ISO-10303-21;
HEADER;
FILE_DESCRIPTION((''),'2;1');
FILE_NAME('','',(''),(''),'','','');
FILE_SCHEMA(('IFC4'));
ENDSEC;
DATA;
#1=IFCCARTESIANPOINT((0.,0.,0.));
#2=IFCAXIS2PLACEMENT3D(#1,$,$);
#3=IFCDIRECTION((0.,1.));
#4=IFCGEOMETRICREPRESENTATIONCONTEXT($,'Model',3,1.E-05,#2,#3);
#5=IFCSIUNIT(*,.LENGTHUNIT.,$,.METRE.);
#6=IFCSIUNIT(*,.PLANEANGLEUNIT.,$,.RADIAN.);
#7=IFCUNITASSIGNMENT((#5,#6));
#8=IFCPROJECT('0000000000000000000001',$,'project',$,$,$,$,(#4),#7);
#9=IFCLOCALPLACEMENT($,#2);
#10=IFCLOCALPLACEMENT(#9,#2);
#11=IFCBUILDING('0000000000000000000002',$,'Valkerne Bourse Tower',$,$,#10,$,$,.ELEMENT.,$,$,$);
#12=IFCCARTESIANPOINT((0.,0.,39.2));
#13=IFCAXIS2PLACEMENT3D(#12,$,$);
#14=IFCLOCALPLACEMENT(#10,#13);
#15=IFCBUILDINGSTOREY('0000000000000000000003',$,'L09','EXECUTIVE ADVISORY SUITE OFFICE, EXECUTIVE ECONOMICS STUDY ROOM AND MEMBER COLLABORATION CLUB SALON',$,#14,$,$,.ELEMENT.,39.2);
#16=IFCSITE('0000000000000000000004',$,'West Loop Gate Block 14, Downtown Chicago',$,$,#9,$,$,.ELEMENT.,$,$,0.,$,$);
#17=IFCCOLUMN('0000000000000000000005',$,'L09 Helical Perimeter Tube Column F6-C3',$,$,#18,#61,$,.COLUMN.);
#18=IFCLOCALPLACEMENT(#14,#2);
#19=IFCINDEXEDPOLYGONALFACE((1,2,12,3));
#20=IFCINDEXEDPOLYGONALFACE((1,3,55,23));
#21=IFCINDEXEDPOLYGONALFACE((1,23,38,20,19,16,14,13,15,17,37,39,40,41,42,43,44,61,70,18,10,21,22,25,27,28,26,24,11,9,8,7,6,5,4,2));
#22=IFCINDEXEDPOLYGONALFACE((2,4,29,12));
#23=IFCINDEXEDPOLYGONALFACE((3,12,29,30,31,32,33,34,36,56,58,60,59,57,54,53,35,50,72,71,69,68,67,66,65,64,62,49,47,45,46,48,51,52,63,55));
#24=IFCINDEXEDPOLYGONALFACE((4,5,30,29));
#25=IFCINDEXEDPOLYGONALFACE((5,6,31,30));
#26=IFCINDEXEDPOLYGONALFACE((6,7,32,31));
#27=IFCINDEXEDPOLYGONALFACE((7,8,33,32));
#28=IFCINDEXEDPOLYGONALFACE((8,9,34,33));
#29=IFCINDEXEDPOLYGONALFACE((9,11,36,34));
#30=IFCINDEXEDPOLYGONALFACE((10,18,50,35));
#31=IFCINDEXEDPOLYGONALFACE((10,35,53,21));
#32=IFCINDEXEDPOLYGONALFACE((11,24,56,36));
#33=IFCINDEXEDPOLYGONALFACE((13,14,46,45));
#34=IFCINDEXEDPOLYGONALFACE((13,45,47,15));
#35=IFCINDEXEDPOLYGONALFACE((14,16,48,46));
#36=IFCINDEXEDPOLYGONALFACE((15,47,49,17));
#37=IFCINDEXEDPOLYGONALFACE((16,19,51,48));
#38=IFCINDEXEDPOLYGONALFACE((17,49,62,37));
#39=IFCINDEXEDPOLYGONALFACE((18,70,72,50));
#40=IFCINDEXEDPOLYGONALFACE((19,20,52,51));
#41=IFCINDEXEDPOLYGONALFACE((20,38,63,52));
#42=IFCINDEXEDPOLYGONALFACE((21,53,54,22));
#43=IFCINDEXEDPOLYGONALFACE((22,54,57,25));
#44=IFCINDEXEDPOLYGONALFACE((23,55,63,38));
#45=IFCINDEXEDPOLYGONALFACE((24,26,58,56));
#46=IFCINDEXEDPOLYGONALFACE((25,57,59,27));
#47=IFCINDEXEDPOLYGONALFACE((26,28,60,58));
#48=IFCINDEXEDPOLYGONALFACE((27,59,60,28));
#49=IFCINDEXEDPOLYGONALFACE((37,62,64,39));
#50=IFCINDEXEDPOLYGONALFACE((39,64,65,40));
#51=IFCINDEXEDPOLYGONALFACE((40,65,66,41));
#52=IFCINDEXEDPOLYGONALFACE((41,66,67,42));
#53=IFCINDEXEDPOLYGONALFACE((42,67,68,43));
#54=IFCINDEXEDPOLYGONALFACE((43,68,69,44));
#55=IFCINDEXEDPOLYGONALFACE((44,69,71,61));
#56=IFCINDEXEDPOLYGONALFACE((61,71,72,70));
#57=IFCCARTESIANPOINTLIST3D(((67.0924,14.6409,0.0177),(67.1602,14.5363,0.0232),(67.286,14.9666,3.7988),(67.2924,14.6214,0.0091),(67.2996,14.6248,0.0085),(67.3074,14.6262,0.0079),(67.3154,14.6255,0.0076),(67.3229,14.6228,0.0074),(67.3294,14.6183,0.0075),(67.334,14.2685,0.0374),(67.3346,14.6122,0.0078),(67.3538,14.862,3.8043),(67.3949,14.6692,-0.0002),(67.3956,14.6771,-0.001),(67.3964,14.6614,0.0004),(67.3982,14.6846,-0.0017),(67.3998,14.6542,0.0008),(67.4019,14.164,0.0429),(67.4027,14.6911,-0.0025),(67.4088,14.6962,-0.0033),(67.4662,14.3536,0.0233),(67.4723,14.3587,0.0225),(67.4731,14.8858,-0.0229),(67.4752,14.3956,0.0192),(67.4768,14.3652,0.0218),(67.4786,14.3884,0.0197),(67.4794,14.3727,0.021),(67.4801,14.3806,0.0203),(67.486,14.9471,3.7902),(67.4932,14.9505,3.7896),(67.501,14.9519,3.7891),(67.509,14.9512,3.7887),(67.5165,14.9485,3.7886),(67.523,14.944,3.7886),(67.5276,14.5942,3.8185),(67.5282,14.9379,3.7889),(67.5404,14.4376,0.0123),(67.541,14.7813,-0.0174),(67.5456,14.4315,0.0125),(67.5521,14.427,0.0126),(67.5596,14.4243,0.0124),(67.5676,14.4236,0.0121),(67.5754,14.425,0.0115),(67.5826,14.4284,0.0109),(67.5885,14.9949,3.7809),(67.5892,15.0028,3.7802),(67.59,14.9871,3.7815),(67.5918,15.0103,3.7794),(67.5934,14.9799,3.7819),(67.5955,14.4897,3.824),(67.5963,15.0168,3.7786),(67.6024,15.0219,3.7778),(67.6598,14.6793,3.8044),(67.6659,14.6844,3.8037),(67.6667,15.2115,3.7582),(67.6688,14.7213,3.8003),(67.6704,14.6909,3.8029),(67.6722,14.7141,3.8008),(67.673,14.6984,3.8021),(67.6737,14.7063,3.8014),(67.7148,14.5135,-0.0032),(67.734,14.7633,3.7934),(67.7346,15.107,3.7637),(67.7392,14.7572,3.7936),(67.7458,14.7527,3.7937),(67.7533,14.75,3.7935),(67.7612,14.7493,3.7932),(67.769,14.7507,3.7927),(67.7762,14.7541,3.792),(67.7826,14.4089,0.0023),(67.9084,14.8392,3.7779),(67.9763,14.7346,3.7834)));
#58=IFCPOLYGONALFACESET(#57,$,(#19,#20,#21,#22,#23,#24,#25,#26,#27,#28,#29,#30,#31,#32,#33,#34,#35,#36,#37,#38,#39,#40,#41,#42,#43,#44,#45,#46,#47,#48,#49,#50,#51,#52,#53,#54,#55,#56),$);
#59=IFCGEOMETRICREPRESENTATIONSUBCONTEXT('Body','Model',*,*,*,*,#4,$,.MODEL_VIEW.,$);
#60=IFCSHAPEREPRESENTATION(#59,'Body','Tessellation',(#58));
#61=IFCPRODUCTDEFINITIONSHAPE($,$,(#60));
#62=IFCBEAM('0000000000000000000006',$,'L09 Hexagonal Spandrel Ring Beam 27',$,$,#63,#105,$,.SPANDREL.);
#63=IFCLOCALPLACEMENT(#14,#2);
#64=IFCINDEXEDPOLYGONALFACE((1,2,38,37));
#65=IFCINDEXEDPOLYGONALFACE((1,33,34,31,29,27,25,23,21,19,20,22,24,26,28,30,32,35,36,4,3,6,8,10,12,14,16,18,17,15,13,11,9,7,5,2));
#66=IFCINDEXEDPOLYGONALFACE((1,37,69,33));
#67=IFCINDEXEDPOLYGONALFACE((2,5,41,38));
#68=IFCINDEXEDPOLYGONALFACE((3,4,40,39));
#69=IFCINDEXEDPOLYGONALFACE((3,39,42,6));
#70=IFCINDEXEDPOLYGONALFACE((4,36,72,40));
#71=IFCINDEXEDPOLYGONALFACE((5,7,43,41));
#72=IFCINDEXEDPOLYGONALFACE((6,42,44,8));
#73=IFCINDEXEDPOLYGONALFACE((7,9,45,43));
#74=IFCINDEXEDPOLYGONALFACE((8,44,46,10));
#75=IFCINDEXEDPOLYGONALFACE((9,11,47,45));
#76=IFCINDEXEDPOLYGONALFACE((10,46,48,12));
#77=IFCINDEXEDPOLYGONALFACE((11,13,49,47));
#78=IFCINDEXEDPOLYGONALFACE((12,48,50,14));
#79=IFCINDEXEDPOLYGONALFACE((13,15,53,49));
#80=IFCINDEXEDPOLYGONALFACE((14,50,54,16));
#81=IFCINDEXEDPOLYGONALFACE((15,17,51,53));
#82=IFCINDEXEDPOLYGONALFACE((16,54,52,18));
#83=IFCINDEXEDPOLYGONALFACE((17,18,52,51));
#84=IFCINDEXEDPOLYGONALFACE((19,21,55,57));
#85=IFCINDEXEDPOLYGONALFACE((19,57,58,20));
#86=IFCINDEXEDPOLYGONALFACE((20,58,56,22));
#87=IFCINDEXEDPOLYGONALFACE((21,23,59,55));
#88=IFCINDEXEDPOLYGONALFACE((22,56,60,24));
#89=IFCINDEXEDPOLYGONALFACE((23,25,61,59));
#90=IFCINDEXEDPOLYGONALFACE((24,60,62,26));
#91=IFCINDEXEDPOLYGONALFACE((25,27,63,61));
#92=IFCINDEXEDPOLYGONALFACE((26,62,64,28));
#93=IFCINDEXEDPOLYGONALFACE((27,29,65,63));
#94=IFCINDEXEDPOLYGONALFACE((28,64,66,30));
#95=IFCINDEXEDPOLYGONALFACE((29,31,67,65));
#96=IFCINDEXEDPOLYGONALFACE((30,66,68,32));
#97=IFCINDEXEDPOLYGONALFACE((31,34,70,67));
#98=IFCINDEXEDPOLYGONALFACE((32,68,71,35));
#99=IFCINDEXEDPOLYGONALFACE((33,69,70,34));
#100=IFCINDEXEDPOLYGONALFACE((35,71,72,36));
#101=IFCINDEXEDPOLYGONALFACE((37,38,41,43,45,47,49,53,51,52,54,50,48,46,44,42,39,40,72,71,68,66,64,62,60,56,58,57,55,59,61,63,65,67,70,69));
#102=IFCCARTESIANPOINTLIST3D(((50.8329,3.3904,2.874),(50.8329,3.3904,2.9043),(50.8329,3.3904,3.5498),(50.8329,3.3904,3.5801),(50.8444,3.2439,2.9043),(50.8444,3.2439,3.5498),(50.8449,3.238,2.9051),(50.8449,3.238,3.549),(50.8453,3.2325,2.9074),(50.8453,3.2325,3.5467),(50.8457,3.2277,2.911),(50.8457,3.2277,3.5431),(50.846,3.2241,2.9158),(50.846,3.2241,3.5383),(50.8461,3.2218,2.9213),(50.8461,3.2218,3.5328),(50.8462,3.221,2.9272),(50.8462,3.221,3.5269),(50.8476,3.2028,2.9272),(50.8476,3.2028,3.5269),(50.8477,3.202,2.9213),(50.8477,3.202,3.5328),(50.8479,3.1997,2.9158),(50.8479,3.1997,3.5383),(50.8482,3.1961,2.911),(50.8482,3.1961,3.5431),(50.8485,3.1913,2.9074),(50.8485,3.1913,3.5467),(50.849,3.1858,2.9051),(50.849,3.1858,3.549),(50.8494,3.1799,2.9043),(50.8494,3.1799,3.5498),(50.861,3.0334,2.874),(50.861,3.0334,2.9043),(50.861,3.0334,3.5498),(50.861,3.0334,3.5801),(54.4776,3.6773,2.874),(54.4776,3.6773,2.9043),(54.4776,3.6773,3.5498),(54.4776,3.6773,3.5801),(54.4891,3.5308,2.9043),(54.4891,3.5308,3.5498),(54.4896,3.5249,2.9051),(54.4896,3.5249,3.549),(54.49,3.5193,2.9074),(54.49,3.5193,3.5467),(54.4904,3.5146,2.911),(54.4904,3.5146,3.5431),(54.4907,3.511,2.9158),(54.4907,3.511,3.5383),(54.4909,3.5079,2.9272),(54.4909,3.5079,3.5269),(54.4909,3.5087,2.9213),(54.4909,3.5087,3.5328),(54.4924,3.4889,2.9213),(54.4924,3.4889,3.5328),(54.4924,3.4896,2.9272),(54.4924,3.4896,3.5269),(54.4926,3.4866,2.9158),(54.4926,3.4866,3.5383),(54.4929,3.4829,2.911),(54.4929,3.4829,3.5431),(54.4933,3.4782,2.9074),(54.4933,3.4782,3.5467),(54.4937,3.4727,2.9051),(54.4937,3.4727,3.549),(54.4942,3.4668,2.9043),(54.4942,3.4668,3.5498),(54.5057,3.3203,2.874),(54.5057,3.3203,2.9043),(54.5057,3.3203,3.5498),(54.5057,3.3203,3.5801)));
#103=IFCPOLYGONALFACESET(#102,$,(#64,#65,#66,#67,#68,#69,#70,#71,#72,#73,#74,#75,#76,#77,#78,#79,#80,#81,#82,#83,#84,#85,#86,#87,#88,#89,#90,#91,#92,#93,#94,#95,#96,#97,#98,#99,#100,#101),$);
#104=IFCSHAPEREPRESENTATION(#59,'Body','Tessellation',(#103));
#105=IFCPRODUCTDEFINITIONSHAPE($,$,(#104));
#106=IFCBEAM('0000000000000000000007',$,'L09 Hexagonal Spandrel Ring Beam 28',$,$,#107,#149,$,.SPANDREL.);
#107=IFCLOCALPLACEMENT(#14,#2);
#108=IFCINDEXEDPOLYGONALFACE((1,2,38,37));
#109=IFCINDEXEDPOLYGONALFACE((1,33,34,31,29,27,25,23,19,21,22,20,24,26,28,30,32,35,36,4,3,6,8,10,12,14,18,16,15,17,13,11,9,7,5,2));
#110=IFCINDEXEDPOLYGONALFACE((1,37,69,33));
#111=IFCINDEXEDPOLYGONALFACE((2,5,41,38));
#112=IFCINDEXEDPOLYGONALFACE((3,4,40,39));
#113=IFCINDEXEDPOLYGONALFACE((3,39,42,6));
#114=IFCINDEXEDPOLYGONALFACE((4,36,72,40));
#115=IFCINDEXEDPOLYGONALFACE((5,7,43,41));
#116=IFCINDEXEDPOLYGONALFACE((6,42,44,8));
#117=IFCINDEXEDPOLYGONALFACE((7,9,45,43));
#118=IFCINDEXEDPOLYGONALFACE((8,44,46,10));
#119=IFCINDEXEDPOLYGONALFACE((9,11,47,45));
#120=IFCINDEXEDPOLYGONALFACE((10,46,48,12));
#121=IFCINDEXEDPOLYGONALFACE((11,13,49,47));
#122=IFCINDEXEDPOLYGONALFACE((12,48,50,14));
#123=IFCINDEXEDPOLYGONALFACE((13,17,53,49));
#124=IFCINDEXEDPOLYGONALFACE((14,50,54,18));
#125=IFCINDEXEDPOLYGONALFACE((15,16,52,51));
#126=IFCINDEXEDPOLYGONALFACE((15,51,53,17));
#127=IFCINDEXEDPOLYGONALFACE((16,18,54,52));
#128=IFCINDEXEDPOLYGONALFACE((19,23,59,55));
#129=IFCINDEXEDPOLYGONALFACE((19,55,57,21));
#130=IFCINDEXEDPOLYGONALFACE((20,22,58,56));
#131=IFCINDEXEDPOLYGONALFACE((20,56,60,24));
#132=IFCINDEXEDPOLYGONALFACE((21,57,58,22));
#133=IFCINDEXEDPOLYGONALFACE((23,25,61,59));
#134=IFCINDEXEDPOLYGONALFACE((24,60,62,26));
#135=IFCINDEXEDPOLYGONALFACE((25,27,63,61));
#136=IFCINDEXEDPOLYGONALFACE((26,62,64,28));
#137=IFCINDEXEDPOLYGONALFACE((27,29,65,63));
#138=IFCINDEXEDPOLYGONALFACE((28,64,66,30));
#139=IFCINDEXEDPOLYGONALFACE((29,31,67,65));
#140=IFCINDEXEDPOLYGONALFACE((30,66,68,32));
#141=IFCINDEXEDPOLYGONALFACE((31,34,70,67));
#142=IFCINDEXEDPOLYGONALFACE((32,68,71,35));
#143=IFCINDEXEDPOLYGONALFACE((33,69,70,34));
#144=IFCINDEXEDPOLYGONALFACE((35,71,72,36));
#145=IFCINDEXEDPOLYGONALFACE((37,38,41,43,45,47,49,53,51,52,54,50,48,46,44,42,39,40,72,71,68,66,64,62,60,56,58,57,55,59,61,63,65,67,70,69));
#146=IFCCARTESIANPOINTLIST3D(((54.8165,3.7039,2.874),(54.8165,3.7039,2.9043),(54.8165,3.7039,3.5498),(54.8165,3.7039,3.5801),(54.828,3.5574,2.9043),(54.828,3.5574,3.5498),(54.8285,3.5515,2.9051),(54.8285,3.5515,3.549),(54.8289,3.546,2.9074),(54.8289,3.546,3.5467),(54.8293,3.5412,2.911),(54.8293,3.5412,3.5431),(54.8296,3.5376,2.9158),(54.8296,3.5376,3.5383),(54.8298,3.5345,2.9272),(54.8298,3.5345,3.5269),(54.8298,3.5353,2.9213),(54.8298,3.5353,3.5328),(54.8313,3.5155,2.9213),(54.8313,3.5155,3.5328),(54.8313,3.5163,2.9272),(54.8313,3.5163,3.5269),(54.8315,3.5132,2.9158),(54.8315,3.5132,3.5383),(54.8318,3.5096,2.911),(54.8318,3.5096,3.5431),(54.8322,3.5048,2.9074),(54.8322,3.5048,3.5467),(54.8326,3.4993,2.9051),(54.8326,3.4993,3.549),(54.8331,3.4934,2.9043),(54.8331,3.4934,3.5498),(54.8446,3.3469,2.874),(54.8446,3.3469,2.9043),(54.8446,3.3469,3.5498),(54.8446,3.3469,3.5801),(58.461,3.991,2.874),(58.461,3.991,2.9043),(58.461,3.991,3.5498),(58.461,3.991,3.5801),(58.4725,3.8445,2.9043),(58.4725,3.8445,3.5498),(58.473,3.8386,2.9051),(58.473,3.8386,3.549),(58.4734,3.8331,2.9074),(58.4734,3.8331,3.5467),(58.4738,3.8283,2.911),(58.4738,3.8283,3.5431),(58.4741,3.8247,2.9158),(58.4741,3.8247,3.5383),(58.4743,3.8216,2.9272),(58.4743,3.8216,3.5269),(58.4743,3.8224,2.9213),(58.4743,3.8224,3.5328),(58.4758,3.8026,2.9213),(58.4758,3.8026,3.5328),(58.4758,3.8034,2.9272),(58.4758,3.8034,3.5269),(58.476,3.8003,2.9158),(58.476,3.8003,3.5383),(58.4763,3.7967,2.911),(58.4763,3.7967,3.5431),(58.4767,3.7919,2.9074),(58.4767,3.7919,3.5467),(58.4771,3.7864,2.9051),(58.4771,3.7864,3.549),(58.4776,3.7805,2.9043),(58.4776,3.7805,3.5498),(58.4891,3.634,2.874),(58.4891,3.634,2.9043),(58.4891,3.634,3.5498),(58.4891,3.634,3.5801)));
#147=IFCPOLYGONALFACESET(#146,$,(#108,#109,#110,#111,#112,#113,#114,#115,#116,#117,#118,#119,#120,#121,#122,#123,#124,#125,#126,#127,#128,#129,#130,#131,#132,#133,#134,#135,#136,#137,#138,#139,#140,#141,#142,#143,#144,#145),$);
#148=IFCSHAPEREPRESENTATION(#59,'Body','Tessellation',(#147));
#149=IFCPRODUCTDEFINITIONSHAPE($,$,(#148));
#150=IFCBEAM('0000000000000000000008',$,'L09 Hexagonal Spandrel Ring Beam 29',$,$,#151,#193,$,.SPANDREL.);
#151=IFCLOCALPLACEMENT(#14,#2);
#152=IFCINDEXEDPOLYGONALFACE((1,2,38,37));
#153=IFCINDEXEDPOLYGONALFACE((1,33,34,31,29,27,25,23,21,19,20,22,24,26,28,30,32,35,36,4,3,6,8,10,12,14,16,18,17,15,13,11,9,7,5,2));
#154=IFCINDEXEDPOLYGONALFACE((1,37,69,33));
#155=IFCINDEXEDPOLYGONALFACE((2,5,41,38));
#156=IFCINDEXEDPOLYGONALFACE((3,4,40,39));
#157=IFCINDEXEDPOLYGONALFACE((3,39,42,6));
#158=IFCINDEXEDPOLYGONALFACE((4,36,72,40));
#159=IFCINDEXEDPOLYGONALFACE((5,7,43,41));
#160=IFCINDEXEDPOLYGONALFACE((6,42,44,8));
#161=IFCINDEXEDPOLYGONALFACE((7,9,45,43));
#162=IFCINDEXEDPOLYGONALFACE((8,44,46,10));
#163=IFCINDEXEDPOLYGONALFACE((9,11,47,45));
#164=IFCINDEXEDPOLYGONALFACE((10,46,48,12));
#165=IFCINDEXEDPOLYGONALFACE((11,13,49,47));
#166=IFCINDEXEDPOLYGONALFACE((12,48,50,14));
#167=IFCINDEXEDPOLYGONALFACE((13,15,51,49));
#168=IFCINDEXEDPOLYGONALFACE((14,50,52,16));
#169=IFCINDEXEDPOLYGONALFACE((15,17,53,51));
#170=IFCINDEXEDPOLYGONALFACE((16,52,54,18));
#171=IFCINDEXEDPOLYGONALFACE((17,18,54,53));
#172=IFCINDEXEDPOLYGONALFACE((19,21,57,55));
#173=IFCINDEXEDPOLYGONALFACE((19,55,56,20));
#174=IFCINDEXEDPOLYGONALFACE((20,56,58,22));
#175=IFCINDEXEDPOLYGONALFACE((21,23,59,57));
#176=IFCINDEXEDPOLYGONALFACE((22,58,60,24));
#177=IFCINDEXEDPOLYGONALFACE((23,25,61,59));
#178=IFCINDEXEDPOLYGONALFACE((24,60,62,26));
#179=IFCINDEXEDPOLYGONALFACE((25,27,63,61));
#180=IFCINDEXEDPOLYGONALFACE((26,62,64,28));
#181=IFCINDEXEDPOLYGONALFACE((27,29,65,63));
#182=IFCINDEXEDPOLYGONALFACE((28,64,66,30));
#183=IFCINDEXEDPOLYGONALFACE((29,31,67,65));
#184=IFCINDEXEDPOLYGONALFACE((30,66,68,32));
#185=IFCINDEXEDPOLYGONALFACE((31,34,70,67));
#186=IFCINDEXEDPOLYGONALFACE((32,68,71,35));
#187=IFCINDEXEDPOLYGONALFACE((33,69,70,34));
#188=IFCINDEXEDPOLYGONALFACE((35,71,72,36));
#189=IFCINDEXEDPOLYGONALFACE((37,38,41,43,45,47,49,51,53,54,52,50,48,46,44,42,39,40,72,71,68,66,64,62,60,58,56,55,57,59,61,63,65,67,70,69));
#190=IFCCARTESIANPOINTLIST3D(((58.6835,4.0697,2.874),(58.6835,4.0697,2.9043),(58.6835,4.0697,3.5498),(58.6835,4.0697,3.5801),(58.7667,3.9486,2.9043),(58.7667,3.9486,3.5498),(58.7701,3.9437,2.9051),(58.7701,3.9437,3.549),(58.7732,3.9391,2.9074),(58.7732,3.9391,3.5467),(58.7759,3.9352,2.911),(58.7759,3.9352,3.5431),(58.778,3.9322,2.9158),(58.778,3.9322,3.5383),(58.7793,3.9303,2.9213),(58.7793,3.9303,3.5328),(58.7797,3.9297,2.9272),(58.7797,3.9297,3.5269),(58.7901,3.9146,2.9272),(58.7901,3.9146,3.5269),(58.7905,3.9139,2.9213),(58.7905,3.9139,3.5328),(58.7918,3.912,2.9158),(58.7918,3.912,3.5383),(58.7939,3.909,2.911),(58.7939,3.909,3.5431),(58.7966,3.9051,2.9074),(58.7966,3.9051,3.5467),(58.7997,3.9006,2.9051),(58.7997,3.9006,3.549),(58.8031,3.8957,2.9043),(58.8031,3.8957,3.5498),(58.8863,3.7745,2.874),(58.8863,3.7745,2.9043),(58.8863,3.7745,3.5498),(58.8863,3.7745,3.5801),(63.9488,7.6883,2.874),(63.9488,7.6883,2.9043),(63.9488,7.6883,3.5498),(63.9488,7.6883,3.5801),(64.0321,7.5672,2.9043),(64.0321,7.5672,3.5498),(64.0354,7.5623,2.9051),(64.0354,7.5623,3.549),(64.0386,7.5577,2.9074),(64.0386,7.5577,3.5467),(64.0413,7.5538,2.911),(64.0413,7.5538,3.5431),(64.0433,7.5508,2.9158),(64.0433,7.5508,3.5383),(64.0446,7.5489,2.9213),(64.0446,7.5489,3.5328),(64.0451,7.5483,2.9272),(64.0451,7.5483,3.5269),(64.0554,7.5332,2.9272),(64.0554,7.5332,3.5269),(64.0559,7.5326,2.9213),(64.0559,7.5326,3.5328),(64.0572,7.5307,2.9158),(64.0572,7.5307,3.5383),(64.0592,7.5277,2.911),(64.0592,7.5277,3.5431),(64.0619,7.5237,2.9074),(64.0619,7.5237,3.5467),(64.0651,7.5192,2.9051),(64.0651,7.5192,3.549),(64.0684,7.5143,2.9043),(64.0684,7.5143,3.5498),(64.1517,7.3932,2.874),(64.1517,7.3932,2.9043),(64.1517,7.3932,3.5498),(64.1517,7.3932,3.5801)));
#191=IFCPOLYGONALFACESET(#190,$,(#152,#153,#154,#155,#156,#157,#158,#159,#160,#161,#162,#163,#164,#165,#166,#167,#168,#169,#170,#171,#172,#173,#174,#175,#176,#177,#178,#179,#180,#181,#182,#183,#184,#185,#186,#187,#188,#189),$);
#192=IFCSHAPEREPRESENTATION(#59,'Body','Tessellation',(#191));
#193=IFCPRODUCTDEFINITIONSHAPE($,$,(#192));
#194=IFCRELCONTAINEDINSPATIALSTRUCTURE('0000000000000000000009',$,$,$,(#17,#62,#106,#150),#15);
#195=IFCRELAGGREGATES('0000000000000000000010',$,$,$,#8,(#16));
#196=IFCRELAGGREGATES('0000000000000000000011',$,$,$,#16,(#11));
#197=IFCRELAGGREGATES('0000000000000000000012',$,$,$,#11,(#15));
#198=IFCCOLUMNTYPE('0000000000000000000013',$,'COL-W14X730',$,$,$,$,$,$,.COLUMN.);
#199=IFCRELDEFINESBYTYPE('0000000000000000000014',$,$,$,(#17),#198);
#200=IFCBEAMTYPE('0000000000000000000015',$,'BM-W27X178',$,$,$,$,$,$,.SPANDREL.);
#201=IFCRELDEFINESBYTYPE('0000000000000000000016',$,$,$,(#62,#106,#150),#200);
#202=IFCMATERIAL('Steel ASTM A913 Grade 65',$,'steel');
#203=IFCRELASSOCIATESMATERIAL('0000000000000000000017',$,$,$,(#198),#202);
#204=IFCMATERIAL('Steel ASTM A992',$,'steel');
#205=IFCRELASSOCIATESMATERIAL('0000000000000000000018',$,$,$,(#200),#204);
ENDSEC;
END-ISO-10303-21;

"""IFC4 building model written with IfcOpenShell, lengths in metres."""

from ifc_helpers import new_model, si_unit, direction, frame, origin, origin_2d, place, context, subcontext, project, spatial, i_section, extrude, material, material_profile, profile_set, type_object, element, save


model = new_model("IFC4")

# Units and contexts
model_context = context("Model", 3, precision=1e-05, world=origin(), true_north=direction((0.0, 1.0)))
body_context = subcontext(model_context, "Body", "Model", "MODEL_VIEW")
ifc_project = project(units=[si_unit("LENGTHUNIT", "METRE"), si_unit("PLANEANGLEUNIT", "RADIAN")], contexts=[model_context])

# Site, building, storey
site_placement = place(None, origin())
site = spatial("IfcSite", under=ifc_project, at=site_placement, Name="West Loop Gate Block 14, Downtown Chicago", CompositionType="ELEMENT", RefElevation=0.0)
building_placement = place(site_placement, origin())
building = spatial("IfcBuilding", under=site, at=building_placement, Name="Valkerne Bourse Tower", CompositionType="ELEMENT")
storey_placement = place(building_placement, frame((0.0, 0.0, 39.2)))
storey = spatial("IfcBuildingStorey", under=building, at=storey_placement, Name="L09", Description="EXECUTIVE ADVISORY SUITE OFFICE, EXECUTIVE ECONOMICS STUDY ROOM AND MEMBER COLLABORATION CLUB SALON", CompositionType="ELEMENT", Elevation=39.2)

# Column
ifc_material_1 = material(Name="Steel ASTM A913 Grade 65", Category="steel")
ifc_material_profile_1 = material_profile(ifc_material_1, i_section(OverallWidth=0.4546, OverallDepth=0.5691, WebThickness=0.0779, FlangeThickness=0.1248, FilletRadius=0.0305, at=origin_2d()), Name="W14X730")
ifc_profile_set_1 = profile_set([ifc_material_profile_1], Name="Steel ASTM A913 Grade 65")
column_type = type_object("IfcColumnType", Name="COL-W14X730", PredefinedType="COLUMN", material=ifc_profile_set_1)
column_1_placement = place(storey_placement, frame((67.4375, 14.5249, 0.01), z_axis=(0.050949, 0.085708, 0.995017), x_axis=(-0.837618, -0.538906, 0.089309)))
element("IfcColumn", 1, at=column_1_placement, inside=storey, type_object=column_type, Name="L09 Helical Perimeter Tube Column F6-C3", PredefinedType="COLUMN", context=body_context, shape_type="SweptSolid", body=[
    extrude(i_section(OverallWidth=0.4546, OverallDepth=0.5691, WebThickness=0.0779, FlangeThickness=0.1248, FilletRadius=0.0305, at=origin_2d()), origin(), (0.0, 0.0, 1.0), 3.8),
])

# Beams
ifc_material_2 = material(Name="Steel ASTM A992", Category="steel")
ifc_material_profile_2 = material_profile(ifc_material_2, i_section(OverallWidth=0.3582, OverallDepth=0.7061, WebThickness=0.0183, FlangeThickness=0.0303, FilletRadius=0.0229, at=origin_2d()), Name="W27X178")
ifc_profile_set_2 = profile_set([ifc_material_profile_2], Name="Steel ASTM A992")
beam_type = type_object("IfcBeamType", Name="BM-W27X178", PredefinedType="SPANDREL", material=ifc_profile_set_2)
beam_1_placement = place(storey_placement, frame((50.8469, 3.2119, 3.2271), z_axis=(0.996917, 0.078463, 0.0), x_axis=(-0.078463, 0.996917, 0.0)))
element("IfcBeam", 2, at=beam_1_placement, inside=storey, type_object=beam_type, Name="L09 Hexagonal Spandrel Ring Beam 27", PredefinedType="SPANDREL", context=body_context, shape_type="SweptSolid", body=[
    extrude(i_section(OverallWidth=0.3582, OverallDepth=0.7061, WebThickness=0.0183, FlangeThickness=0.0303, FilletRadius=0.0229, at=origin_2d()), origin(), (0.0, 0.0, 1.0), 3.656),
])
beam_2_placement = place(storey_placement, frame((54.8306, 3.5254, 3.2271), z_axis=(0.996911, 0.078535, 0.0), x_axis=(-0.078535, 0.996911, 0.0)))
element("IfcBeam", 3, at=beam_2_placement, inside=storey, type_object=beam_type, Name="L09 Hexagonal Spandrel Ring Beam 28", PredefinedType="SPANDREL", context=body_context, shape_type="SweptSolid", body=[
    extrude(i_section(OverallWidth=0.3582, OverallDepth=0.7061, WebThickness=0.0183, FlangeThickness=0.0303, FilletRadius=0.0229, at=origin_2d()), origin(), (0.0, 0.0, 1.0), 3.6558),
])
beam_3_placement = place(storey_placement, frame((58.7849, 3.9221, 3.2271), z_axis=(0.824137, 0.566391, 0.0), x_axis=(-0.566391, 0.824137, 0.0)))
element("IfcBeam", 4, at=beam_3_placement, inside=storey, type_object=beam_type, Name="L09 Hexagonal Spandrel Ring Beam 29", PredefinedType="SPANDREL", context=body_context, shape_type="SweptSolid", body=[
    extrude(i_section(OverallWidth=0.3582, OverallDepth=0.7061, WebThickness=0.0183, FlangeThickness=0.0303, FilletRadius=0.0229, at=origin_2d()), origin(), (0.0, 0.0, 1.0), 6.3889),
])

save(model, "model.ifc")
